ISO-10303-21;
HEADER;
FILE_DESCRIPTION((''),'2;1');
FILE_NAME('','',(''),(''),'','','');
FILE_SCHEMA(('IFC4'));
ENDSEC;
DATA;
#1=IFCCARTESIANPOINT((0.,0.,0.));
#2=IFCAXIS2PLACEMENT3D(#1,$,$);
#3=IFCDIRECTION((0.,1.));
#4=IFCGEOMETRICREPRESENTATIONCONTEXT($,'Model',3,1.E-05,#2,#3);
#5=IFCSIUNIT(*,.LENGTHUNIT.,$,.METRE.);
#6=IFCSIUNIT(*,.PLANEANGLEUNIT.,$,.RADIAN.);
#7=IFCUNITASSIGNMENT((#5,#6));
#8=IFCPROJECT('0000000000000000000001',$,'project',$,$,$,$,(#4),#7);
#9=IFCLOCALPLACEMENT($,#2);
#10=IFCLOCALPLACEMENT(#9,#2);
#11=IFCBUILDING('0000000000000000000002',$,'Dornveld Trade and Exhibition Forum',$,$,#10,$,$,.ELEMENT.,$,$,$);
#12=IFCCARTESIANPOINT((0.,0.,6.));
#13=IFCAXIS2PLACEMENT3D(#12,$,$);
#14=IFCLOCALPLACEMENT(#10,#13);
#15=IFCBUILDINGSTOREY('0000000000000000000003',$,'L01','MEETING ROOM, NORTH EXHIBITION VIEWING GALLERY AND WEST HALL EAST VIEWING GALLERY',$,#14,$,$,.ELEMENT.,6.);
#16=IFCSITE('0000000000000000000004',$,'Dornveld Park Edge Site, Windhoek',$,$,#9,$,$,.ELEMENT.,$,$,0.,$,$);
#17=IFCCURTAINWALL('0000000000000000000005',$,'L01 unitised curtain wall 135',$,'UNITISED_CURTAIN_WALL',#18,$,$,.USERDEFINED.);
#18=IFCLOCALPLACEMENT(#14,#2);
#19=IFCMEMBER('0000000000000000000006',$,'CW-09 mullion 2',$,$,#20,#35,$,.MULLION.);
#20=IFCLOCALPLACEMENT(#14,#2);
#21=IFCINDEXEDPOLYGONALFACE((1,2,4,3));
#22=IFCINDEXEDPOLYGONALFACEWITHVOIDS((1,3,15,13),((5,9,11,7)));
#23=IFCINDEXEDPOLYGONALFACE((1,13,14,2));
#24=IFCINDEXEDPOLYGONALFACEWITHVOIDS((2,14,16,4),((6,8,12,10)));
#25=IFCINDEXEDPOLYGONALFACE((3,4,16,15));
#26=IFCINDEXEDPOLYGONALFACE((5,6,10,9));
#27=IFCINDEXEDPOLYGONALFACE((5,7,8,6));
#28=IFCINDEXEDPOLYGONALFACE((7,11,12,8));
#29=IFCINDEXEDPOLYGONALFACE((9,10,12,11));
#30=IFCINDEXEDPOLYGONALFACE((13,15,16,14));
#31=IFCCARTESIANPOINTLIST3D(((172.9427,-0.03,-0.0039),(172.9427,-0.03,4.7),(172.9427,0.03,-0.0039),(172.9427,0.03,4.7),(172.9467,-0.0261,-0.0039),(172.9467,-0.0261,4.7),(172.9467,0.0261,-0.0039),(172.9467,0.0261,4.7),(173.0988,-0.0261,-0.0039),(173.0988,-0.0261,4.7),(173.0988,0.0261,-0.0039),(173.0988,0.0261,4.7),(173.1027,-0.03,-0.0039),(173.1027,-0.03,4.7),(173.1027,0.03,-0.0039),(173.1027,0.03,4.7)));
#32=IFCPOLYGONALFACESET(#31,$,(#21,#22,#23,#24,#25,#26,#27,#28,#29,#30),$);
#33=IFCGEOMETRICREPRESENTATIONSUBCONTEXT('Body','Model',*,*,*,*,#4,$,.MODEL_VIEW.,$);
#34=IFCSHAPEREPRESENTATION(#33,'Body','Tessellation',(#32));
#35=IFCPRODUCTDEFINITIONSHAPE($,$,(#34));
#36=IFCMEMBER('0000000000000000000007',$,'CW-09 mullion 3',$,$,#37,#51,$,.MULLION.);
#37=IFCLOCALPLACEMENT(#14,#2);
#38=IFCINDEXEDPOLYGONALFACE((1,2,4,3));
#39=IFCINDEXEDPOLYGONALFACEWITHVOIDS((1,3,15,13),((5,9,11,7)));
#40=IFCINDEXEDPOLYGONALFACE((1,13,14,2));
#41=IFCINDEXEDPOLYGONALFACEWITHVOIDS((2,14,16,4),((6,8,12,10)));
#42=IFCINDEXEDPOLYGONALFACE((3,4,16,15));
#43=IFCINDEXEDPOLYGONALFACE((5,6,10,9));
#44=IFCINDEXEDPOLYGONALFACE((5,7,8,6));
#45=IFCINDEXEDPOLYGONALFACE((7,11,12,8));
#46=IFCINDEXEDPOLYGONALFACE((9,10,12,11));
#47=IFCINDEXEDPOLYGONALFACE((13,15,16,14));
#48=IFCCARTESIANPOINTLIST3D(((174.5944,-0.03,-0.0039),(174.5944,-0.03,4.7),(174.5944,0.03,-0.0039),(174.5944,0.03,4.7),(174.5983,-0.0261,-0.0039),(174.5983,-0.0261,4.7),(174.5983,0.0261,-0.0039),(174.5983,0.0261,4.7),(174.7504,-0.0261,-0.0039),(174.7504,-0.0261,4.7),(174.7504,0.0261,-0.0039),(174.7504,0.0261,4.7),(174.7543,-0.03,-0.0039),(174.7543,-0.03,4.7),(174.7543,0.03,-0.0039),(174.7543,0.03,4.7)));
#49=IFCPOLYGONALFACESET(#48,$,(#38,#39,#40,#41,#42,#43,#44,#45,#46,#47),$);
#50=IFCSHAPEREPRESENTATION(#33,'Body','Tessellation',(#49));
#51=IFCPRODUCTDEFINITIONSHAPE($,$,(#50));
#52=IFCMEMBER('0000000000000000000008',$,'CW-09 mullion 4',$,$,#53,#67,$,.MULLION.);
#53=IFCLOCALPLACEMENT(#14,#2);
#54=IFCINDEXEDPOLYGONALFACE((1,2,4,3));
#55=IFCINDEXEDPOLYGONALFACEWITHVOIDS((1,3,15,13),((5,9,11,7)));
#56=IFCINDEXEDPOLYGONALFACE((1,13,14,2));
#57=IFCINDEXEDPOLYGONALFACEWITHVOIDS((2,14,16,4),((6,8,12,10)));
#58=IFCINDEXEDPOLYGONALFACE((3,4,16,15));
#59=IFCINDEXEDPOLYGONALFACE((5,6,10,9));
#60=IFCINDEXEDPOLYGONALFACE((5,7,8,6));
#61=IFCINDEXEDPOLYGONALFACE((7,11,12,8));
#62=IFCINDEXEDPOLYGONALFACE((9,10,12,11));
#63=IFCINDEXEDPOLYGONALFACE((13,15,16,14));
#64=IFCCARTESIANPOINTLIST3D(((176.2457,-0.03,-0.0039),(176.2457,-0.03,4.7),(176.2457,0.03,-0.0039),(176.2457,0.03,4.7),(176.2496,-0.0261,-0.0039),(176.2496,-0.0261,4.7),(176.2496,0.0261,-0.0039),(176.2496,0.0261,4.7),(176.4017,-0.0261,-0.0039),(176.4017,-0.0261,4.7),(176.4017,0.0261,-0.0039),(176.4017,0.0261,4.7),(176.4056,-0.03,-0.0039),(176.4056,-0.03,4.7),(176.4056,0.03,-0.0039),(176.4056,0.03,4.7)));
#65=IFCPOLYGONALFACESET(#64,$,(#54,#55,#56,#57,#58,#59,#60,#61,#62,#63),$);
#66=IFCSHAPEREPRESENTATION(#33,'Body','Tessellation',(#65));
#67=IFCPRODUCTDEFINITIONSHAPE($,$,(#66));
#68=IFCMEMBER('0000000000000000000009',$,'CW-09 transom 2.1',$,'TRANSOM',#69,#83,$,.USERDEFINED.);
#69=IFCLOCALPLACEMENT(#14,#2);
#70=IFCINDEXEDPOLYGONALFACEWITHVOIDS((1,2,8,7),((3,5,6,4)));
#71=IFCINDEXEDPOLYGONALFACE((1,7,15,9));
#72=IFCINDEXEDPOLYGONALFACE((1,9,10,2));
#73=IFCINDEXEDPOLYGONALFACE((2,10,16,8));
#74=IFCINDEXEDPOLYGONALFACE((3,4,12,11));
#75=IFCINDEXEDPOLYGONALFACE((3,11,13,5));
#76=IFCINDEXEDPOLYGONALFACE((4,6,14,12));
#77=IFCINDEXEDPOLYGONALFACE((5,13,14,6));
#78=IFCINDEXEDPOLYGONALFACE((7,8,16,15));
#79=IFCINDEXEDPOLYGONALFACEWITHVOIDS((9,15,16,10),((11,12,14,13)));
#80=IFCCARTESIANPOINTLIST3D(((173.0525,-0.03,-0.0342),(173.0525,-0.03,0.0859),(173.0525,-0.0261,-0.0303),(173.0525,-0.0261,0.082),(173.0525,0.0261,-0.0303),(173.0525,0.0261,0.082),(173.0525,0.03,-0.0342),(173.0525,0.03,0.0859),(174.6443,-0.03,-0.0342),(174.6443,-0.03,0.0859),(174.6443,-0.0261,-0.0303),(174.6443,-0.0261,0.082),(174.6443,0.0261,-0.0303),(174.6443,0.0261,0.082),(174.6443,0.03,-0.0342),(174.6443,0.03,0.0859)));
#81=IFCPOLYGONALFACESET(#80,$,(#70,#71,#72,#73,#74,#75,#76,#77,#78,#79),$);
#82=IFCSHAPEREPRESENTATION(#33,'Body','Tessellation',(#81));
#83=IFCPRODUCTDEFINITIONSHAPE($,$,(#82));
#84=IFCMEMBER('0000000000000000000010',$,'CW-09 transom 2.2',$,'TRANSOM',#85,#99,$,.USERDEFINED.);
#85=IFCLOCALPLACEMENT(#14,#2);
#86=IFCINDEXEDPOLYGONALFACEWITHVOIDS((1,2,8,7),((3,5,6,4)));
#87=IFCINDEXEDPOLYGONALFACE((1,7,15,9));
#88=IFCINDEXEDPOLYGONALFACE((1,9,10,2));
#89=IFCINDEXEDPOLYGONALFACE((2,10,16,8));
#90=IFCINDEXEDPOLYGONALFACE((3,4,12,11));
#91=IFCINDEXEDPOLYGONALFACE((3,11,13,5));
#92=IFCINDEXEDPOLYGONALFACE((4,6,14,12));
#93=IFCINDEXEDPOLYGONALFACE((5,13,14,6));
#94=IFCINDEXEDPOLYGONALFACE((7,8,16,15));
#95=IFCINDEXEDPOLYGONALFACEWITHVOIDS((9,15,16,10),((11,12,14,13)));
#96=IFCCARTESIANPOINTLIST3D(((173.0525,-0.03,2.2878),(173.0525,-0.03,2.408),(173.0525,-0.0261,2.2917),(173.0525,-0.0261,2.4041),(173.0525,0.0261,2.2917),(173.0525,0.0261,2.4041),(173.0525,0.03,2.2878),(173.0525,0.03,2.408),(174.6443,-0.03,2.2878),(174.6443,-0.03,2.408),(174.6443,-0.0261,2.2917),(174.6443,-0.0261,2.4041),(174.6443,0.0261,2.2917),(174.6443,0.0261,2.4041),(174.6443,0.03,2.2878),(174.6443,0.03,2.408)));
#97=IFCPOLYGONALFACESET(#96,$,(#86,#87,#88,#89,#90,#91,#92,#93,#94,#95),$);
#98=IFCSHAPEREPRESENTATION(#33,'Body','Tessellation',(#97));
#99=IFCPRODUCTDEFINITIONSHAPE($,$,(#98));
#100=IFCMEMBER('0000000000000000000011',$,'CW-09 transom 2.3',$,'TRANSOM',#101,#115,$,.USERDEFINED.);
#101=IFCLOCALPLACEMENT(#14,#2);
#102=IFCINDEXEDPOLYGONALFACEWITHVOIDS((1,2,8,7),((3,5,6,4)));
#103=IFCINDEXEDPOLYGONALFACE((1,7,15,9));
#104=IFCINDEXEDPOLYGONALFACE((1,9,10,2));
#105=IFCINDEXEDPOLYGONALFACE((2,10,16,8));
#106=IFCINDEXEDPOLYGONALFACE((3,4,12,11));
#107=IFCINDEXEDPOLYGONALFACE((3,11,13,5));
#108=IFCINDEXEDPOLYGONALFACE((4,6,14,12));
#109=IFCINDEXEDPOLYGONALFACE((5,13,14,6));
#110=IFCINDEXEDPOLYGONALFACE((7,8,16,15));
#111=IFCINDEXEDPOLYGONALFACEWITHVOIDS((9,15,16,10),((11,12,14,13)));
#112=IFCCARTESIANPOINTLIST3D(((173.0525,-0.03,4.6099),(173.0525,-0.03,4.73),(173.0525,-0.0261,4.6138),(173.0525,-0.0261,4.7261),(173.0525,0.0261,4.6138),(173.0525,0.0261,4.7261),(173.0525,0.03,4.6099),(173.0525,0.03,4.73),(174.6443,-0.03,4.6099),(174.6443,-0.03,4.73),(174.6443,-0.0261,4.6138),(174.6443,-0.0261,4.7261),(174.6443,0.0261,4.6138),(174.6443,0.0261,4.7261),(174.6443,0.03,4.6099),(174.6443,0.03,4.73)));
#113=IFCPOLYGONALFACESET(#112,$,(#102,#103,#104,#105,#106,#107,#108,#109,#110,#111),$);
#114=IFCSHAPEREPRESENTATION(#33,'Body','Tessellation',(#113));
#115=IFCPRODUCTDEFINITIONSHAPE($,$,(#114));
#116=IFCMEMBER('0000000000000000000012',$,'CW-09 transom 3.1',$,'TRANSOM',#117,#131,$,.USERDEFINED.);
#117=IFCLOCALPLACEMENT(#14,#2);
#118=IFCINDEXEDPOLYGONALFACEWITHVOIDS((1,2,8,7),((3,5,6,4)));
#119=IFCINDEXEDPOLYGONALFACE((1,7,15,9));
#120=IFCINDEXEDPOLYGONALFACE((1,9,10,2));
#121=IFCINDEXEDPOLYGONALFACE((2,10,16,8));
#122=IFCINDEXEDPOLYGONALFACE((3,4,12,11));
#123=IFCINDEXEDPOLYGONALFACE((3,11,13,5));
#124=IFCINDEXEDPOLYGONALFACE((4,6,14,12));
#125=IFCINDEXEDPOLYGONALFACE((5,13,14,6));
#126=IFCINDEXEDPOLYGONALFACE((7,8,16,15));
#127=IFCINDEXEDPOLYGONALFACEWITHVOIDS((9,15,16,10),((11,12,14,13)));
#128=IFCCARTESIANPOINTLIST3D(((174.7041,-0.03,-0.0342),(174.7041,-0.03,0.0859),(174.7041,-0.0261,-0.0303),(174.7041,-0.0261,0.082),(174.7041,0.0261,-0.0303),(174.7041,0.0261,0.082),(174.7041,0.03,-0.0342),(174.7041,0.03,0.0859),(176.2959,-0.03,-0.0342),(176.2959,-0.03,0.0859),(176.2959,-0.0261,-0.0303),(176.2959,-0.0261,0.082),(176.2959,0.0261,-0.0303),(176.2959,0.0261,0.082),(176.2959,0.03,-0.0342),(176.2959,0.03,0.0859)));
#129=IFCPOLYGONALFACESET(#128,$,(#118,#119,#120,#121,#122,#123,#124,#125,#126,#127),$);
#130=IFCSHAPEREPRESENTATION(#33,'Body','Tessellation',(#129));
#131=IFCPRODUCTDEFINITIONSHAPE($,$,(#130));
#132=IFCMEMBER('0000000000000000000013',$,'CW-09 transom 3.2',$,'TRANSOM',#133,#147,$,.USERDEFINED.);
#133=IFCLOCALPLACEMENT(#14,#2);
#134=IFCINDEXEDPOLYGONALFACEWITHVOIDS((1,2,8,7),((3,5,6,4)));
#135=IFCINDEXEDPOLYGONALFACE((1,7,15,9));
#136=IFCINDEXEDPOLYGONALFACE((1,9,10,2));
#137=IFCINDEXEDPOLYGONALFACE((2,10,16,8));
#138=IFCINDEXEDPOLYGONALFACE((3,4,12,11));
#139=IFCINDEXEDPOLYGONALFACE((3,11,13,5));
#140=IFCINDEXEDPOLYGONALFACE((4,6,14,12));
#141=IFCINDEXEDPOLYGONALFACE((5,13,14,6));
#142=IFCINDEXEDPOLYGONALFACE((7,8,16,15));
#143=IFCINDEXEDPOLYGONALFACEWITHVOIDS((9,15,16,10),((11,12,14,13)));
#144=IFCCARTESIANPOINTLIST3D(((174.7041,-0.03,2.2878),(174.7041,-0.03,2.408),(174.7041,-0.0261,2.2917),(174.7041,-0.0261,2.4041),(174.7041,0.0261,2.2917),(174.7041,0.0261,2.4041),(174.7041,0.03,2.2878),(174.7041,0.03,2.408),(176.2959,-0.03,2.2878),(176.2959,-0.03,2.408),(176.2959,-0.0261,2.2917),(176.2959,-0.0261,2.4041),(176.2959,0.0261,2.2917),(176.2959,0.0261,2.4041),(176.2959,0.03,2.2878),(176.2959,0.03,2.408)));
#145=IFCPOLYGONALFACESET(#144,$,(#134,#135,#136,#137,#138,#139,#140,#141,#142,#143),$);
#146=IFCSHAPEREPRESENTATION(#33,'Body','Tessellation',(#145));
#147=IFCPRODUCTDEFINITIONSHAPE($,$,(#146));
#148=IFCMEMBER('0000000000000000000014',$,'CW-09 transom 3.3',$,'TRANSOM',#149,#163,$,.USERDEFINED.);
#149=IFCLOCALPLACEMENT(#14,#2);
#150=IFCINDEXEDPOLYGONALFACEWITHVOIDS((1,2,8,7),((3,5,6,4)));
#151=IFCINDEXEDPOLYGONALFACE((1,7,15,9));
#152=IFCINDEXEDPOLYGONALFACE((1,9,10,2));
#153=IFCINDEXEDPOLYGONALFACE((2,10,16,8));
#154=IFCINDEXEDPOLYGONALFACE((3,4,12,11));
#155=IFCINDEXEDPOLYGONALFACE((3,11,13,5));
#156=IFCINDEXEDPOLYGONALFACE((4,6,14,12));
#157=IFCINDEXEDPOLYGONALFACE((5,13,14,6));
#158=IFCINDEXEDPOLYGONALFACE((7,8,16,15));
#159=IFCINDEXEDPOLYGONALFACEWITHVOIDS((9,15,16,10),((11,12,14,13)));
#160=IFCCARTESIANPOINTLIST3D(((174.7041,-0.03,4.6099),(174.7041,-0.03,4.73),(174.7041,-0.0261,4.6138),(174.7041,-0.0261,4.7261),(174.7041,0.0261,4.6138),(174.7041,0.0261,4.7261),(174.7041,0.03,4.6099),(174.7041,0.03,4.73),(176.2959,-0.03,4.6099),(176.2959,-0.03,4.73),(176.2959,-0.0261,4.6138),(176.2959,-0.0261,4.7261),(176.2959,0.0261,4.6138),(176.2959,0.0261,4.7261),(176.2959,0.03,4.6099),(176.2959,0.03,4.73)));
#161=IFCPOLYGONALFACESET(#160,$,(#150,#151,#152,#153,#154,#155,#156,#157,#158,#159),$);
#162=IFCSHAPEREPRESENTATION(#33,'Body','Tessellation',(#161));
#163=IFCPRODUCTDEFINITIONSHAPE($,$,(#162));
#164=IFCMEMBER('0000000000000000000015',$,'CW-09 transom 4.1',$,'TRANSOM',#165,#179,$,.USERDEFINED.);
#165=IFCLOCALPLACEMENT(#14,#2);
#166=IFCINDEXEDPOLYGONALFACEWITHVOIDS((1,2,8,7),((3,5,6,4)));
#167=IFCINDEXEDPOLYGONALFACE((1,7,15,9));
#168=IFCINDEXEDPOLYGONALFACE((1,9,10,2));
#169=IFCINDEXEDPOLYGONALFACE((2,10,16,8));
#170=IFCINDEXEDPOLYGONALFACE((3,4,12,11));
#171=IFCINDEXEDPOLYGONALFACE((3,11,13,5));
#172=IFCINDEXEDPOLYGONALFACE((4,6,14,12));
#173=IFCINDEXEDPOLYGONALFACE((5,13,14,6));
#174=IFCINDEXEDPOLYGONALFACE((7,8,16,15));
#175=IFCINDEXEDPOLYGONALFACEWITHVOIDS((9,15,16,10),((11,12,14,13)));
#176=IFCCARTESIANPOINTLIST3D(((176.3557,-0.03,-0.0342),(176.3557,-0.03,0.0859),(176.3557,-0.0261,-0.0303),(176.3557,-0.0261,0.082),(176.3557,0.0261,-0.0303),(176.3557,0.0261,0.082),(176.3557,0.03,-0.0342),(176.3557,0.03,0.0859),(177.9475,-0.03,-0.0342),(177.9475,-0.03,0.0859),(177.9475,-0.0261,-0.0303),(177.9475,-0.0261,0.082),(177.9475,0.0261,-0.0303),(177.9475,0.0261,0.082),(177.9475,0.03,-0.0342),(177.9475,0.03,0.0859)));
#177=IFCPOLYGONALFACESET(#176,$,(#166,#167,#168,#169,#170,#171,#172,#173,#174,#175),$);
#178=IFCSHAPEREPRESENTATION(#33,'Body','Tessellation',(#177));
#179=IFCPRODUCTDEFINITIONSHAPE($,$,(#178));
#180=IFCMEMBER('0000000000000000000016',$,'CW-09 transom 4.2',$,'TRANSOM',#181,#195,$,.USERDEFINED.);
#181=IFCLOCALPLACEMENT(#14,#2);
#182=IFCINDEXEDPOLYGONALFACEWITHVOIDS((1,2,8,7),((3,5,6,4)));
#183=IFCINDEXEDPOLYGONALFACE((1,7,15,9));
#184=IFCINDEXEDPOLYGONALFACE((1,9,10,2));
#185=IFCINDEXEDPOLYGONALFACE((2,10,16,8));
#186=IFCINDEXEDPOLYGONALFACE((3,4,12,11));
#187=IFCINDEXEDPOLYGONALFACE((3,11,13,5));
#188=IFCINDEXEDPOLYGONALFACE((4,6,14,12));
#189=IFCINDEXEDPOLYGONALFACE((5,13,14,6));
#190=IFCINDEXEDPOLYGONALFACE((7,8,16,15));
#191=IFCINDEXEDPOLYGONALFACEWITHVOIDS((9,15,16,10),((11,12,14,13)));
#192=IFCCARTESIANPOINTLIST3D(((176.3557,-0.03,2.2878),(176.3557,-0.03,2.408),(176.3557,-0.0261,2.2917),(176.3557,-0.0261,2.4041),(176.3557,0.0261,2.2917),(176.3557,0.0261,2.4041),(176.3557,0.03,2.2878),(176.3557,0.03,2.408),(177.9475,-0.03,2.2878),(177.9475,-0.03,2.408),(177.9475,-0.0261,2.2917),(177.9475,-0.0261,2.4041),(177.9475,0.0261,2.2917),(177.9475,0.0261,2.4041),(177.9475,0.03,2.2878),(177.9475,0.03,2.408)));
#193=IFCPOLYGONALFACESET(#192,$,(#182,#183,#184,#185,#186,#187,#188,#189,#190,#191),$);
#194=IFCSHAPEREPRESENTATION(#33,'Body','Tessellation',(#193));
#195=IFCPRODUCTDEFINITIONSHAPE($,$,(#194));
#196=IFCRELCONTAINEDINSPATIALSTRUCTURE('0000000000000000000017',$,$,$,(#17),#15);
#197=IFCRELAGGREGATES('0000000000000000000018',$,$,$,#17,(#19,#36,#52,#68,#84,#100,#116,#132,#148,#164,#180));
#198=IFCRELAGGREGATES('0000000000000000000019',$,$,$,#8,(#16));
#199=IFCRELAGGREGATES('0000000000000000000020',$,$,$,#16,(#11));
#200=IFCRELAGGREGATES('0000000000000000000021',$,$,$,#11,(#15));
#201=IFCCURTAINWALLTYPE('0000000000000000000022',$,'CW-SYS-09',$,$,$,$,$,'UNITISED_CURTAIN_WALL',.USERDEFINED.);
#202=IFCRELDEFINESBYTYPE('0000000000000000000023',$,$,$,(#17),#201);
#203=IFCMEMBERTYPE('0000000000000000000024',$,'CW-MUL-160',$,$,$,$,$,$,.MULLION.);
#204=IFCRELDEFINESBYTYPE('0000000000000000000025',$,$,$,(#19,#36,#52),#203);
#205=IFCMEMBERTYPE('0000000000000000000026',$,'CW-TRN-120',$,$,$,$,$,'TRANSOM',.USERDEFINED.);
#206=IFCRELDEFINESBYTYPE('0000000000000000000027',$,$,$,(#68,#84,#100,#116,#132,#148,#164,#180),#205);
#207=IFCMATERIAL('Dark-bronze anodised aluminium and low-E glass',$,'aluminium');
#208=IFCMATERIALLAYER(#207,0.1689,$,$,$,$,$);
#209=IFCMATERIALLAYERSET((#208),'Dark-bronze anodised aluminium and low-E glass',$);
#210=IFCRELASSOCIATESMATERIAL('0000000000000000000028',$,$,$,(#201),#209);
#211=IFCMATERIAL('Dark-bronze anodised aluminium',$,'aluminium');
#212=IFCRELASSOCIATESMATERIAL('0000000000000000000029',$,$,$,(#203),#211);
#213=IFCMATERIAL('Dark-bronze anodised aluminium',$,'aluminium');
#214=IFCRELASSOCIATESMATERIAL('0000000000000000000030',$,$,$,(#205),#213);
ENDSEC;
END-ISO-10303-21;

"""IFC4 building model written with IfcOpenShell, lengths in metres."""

from ifc_helpers import new_model, si_unit, direction, frame, origin, origin_2d, place, context, subcontext, project, spatial, hollow_rectangle, extrude, material, layer, layer_set, material_profile, profile_set, type_object, element, aggregate, save


model = new_model("IFC4")

# Units and contexts
model_context = context("Model", 3, precision=1e-05, world=origin(), true_north=direction((0.0, 1.0)))
body_context = subcontext(model_context, "Body", "Model", "MODEL_VIEW")
ifc_project = project(units=[si_unit("LENGTHUNIT", "METRE"), si_unit("PLANEANGLEUNIT", "RADIAN")], contexts=[model_context])

# Site, building, storey
site_placement = place(None, origin())
site = spatial("IfcSite", under=ifc_project, at=site_placement, Name="Dornveld Park Edge Site, Windhoek", CompositionType="ELEMENT", RefElevation=0.0)
building_placement = place(site_placement, origin())
building = spatial("IfcBuilding", under=site, at=building_placement, Name="Dornveld Trade and Exhibition Forum", CompositionType="ELEMENT")
storey_placement = place(building_placement, frame((0.0, 0.0, 6.0)))
storey = spatial("IfcBuildingStorey", under=building, at=storey_placement, Name="L01", Description="MEETING ROOM, NORTH EXHIBITION VIEWING GALLERY AND WEST HALL EAST VIEWING GALLERY", CompositionType="ELEMENT", Elevation=6.0)

# Curtain wall, members
ifc_material_1 = material(Name="Dark-bronze anodised aluminium and low-E glass", Category="aluminium")
ifc_layer_1 = layer(ifc_material_1, 0.1689)
ifc_layer_set_1 = layer_set([ifc_layer_1], Name="Dark-bronze anodised aluminium and low-E glass")
curtain_wall_type = type_object("IfcCurtainWallType", Name="CW-SYS-09", ElementType="UNITISED_CURTAIN_WALL", PredefinedType="USERDEFINED", material=ifc_layer_set_1)
curtain_wall_placement = place(storey_placement, origin())
curtain_wall = element("IfcCurtainWall", 1, at=curtain_wall_placement, inside=storey, type_object=curtain_wall_type, Name="L01 unitised curtain wall 135", ObjectType="UNITISED_CURTAIN_WALL", PredefinedType="USERDEFINED")
ifc_material_2 = material(Name="Dark-bronze anodised aluminium", Category="aluminium")
ifc_material_profile_1 = material_profile(ifc_material_2, hollow_rectangle(XDim=0.0601, YDim=0.1599, WallThickness=0.0039, at=origin_2d()), Name="RHS 160x60x4")
ifc_profile_set_1 = profile_set([ifc_material_profile_1], Name="Dark-bronze anodised aluminium")
member_type_1 = type_object("IfcMemberType", Name="CW-MUL-160", PredefinedType="MULLION", material=ifc_profile_set_1)
member_1_placement = place(storey_placement, frame((173.0227, 0.0, -0.0039), z_axis=(0.0, 0.0, 1.0), x_axis=(0.0, 1.0, 0.0)))
member_1 = element("IfcMember", 2, at=member_1_placement, type_object=member_type_1, Name="CW-09 mullion 2", PredefinedType="MULLION", context=body_context, shape_type="SweptSolid", body=[
    extrude(hollow_rectangle(XDim=0.0601, YDim=0.1599, WallThickness=0.0039, at=origin_2d()), origin(), (0.0, 0.0, 1.0), 4.7039),
])
member_2_placement = place(storey_placement, frame((174.6743, 0.0, -0.0039), z_axis=(0.0, 0.0, 1.0), x_axis=(0.0, 1.0, 0.0)))
member_2 = element("IfcMember", 3, at=member_2_placement, type_object=member_type_1, Name="CW-09 mullion 3", PredefinedType="MULLION", context=body_context, shape_type="SweptSolid", body=[
    extrude(hollow_rectangle(XDim=0.0601, YDim=0.1599, WallThickness=0.0039, at=origin_2d()), origin(), (0.0, 0.0, 1.0), 4.7039),
])
member_3_placement = place(storey_placement, frame((176.3257, 0.0, -0.0039), z_axis=(0.0, 0.0, 1.0), x_axis=(0.0, 1.0, 0.0)))
member_3 = element("IfcMember", 4, at=member_3_placement, type_object=member_type_1, Name="CW-09 mullion 4", PredefinedType="MULLION", context=body_context, shape_type="SweptSolid", body=[
    extrude(hollow_rectangle(XDim=0.0601, YDim=0.1599, WallThickness=0.0039, at=origin_2d()), origin(), (0.0, 0.0, 1.0), 4.7039),
])
ifc_material_3 = material(Name="Dark-bronze anodised aluminium", Category="aluminium")
ifc_material_profile_2 = material_profile(ifc_material_3, hollow_rectangle(XDim=0.0601, YDim=0.1201, WallThickness=0.0039, at=origin_2d()), Name="RHS 120x60x4")
ifc_profile_set_2 = profile_set([ifc_material_profile_2], Name="Dark-bronze anodised aluminium")
member_type_2 = type_object("IfcMemberType", Name="CW-TRN-120", ElementType="TRANSOM", PredefinedType="USERDEFINED", material=ifc_profile_set_2)
member_4_placement = place(storey_placement, frame((173.0525, 0.0, 0.0259), z_axis=(1.0, 0.0, 0.0), x_axis=(0.0, 1.0, 0.0)))
member_4 = element("IfcMember", 5, at=member_4_placement, type_object=member_type_2, Name="CW-09 transom 2.1", ObjectType="TRANSOM", PredefinedType="USERDEFINED", context=body_context, shape_type="SweptSolid", body=[
    extrude(hollow_rectangle(XDim=0.0601, YDim=0.1201, WallThickness=0.0039, at=origin_2d()), origin(), (0.0, 0.0, 1.0), 1.5918),
])
member_5_placement = place(storey_placement, frame((173.0525, 0.0, 2.3479), z_axis=(1.0, 0.0, 0.0), x_axis=(0.0, 1.0, 0.0)))
member_5 = element("IfcMember", 6, at=member_5_placement, type_object=member_type_2, Name="CW-09 transom 2.2", ObjectType="TRANSOM", PredefinedType="USERDEFINED", context=body_context, shape_type="SweptSolid", body=[
    extrude(hollow_rectangle(XDim=0.0601, YDim=0.1201, WallThickness=0.0039, at=origin_2d()), origin(), (0.0, 0.0, 1.0), 1.5918),
])
member_6_placement = place(storey_placement, frame((173.0525, 0.0, 4.6699), z_axis=(1.0, 0.0, 0.0), x_axis=(0.0, 1.0, 0.0)))
member_6 = element("IfcMember", 7, at=member_6_placement, type_object=member_type_2, Name="CW-09 transom 2.3", ObjectType="TRANSOM", PredefinedType="USERDEFINED", context=body_context, shape_type="SweptSolid", body=[
    extrude(hollow_rectangle(XDim=0.0601, YDim=0.1201, WallThickness=0.0039, at=origin_2d()), origin(), (0.0, 0.0, 1.0), 1.5918),
])
member_7_placement = place(storey_placement, frame((174.7041, 0.0, 0.0259), z_axis=(1.0, 0.0, 0.0), x_axis=(0.0, 1.0, 0.0)))
member_7 = element("IfcMember", 8, at=member_7_placement, type_object=member_type_2, Name="CW-09 transom 3.1", ObjectType="TRANSOM", PredefinedType="USERDEFINED", context=body_context, shape_type="SweptSolid", body=[
    extrude(hollow_rectangle(XDim=0.0601, YDim=0.1201, WallThickness=0.0039, at=origin_2d()), origin(), (0.0, 0.0, 1.0), 1.5918),
])
member_8_placement = place(storey_placement, frame((174.7041, 0.0, 2.3479), z_axis=(1.0, 0.0, 0.0), x_axis=(0.0, 1.0, 0.0)))
member_8 = element("IfcMember", 9, at=member_8_placement, type_object=member_type_2, Name="CW-09 transom 3.2", ObjectType="TRANSOM", PredefinedType="USERDEFINED", context=body_context, shape_type="SweptSolid", body=[
    extrude(hollow_rectangle(XDim=0.0601, YDim=0.1201, WallThickness=0.0039, at=origin_2d()), origin(), (0.0, 0.0, 1.0), 1.5918),
])
member_9_placement = place(storey_placement, frame((174.7041, 0.0, 4.6699), z_axis=(1.0, 0.0, 0.0), x_axis=(0.0, 1.0, 0.0)))
member_9 = element("IfcMember", 10, at=member_9_placement, type_object=member_type_2, Name="CW-09 transom 3.3", ObjectType="TRANSOM", PredefinedType="USERDEFINED", context=body_context, shape_type="SweptSolid", body=[
    extrude(hollow_rectangle(XDim=0.0601, YDim=0.1201, WallThickness=0.0039, at=origin_2d()), origin(), (0.0, 0.0, 1.0), 1.5918),
])
member_10_placement = place(storey_placement, frame((176.3557, 0.0, 0.0259), z_axis=(1.0, 0.0, 0.0), x_axis=(0.0, 1.0, 0.0)))
member_10 = element("IfcMember", 11, at=member_10_placement, type_object=member_type_2, Name="CW-09 transom 4.1", ObjectType="TRANSOM", PredefinedType="USERDEFINED", context=body_context, shape_type="SweptSolid", body=[
    extrude(hollow_rectangle(XDim=0.0601, YDim=0.1201, WallThickness=0.0039, at=origin_2d()), origin(), (0.0, 0.0, 1.0), 1.5918),
])
member_11_placement = place(storey_placement, frame((176.3557, 0.0, 2.3479), z_axis=(1.0, 0.0, 0.0), x_axis=(0.0, 1.0, 0.0)))
member_11 = element("IfcMember", 12, at=member_11_placement, type_object=member_type_2, Name="CW-09 transom 4.2", ObjectType="TRANSOM", PredefinedType="USERDEFINED", context=body_context, shape_type="SweptSolid", body=[
    extrude(hollow_rectangle(XDim=0.0601, YDim=0.1201, WallThickness=0.0039, at=origin_2d()), origin(), (0.0, 0.0, 1.0), 1.5918),
])

aggregate(curtain_wall, [member_1, member_2, member_3, member_4, member_5, member_6, member_7, member_8, member_9, member_10, member_11])

save(model, "model.ifc")
